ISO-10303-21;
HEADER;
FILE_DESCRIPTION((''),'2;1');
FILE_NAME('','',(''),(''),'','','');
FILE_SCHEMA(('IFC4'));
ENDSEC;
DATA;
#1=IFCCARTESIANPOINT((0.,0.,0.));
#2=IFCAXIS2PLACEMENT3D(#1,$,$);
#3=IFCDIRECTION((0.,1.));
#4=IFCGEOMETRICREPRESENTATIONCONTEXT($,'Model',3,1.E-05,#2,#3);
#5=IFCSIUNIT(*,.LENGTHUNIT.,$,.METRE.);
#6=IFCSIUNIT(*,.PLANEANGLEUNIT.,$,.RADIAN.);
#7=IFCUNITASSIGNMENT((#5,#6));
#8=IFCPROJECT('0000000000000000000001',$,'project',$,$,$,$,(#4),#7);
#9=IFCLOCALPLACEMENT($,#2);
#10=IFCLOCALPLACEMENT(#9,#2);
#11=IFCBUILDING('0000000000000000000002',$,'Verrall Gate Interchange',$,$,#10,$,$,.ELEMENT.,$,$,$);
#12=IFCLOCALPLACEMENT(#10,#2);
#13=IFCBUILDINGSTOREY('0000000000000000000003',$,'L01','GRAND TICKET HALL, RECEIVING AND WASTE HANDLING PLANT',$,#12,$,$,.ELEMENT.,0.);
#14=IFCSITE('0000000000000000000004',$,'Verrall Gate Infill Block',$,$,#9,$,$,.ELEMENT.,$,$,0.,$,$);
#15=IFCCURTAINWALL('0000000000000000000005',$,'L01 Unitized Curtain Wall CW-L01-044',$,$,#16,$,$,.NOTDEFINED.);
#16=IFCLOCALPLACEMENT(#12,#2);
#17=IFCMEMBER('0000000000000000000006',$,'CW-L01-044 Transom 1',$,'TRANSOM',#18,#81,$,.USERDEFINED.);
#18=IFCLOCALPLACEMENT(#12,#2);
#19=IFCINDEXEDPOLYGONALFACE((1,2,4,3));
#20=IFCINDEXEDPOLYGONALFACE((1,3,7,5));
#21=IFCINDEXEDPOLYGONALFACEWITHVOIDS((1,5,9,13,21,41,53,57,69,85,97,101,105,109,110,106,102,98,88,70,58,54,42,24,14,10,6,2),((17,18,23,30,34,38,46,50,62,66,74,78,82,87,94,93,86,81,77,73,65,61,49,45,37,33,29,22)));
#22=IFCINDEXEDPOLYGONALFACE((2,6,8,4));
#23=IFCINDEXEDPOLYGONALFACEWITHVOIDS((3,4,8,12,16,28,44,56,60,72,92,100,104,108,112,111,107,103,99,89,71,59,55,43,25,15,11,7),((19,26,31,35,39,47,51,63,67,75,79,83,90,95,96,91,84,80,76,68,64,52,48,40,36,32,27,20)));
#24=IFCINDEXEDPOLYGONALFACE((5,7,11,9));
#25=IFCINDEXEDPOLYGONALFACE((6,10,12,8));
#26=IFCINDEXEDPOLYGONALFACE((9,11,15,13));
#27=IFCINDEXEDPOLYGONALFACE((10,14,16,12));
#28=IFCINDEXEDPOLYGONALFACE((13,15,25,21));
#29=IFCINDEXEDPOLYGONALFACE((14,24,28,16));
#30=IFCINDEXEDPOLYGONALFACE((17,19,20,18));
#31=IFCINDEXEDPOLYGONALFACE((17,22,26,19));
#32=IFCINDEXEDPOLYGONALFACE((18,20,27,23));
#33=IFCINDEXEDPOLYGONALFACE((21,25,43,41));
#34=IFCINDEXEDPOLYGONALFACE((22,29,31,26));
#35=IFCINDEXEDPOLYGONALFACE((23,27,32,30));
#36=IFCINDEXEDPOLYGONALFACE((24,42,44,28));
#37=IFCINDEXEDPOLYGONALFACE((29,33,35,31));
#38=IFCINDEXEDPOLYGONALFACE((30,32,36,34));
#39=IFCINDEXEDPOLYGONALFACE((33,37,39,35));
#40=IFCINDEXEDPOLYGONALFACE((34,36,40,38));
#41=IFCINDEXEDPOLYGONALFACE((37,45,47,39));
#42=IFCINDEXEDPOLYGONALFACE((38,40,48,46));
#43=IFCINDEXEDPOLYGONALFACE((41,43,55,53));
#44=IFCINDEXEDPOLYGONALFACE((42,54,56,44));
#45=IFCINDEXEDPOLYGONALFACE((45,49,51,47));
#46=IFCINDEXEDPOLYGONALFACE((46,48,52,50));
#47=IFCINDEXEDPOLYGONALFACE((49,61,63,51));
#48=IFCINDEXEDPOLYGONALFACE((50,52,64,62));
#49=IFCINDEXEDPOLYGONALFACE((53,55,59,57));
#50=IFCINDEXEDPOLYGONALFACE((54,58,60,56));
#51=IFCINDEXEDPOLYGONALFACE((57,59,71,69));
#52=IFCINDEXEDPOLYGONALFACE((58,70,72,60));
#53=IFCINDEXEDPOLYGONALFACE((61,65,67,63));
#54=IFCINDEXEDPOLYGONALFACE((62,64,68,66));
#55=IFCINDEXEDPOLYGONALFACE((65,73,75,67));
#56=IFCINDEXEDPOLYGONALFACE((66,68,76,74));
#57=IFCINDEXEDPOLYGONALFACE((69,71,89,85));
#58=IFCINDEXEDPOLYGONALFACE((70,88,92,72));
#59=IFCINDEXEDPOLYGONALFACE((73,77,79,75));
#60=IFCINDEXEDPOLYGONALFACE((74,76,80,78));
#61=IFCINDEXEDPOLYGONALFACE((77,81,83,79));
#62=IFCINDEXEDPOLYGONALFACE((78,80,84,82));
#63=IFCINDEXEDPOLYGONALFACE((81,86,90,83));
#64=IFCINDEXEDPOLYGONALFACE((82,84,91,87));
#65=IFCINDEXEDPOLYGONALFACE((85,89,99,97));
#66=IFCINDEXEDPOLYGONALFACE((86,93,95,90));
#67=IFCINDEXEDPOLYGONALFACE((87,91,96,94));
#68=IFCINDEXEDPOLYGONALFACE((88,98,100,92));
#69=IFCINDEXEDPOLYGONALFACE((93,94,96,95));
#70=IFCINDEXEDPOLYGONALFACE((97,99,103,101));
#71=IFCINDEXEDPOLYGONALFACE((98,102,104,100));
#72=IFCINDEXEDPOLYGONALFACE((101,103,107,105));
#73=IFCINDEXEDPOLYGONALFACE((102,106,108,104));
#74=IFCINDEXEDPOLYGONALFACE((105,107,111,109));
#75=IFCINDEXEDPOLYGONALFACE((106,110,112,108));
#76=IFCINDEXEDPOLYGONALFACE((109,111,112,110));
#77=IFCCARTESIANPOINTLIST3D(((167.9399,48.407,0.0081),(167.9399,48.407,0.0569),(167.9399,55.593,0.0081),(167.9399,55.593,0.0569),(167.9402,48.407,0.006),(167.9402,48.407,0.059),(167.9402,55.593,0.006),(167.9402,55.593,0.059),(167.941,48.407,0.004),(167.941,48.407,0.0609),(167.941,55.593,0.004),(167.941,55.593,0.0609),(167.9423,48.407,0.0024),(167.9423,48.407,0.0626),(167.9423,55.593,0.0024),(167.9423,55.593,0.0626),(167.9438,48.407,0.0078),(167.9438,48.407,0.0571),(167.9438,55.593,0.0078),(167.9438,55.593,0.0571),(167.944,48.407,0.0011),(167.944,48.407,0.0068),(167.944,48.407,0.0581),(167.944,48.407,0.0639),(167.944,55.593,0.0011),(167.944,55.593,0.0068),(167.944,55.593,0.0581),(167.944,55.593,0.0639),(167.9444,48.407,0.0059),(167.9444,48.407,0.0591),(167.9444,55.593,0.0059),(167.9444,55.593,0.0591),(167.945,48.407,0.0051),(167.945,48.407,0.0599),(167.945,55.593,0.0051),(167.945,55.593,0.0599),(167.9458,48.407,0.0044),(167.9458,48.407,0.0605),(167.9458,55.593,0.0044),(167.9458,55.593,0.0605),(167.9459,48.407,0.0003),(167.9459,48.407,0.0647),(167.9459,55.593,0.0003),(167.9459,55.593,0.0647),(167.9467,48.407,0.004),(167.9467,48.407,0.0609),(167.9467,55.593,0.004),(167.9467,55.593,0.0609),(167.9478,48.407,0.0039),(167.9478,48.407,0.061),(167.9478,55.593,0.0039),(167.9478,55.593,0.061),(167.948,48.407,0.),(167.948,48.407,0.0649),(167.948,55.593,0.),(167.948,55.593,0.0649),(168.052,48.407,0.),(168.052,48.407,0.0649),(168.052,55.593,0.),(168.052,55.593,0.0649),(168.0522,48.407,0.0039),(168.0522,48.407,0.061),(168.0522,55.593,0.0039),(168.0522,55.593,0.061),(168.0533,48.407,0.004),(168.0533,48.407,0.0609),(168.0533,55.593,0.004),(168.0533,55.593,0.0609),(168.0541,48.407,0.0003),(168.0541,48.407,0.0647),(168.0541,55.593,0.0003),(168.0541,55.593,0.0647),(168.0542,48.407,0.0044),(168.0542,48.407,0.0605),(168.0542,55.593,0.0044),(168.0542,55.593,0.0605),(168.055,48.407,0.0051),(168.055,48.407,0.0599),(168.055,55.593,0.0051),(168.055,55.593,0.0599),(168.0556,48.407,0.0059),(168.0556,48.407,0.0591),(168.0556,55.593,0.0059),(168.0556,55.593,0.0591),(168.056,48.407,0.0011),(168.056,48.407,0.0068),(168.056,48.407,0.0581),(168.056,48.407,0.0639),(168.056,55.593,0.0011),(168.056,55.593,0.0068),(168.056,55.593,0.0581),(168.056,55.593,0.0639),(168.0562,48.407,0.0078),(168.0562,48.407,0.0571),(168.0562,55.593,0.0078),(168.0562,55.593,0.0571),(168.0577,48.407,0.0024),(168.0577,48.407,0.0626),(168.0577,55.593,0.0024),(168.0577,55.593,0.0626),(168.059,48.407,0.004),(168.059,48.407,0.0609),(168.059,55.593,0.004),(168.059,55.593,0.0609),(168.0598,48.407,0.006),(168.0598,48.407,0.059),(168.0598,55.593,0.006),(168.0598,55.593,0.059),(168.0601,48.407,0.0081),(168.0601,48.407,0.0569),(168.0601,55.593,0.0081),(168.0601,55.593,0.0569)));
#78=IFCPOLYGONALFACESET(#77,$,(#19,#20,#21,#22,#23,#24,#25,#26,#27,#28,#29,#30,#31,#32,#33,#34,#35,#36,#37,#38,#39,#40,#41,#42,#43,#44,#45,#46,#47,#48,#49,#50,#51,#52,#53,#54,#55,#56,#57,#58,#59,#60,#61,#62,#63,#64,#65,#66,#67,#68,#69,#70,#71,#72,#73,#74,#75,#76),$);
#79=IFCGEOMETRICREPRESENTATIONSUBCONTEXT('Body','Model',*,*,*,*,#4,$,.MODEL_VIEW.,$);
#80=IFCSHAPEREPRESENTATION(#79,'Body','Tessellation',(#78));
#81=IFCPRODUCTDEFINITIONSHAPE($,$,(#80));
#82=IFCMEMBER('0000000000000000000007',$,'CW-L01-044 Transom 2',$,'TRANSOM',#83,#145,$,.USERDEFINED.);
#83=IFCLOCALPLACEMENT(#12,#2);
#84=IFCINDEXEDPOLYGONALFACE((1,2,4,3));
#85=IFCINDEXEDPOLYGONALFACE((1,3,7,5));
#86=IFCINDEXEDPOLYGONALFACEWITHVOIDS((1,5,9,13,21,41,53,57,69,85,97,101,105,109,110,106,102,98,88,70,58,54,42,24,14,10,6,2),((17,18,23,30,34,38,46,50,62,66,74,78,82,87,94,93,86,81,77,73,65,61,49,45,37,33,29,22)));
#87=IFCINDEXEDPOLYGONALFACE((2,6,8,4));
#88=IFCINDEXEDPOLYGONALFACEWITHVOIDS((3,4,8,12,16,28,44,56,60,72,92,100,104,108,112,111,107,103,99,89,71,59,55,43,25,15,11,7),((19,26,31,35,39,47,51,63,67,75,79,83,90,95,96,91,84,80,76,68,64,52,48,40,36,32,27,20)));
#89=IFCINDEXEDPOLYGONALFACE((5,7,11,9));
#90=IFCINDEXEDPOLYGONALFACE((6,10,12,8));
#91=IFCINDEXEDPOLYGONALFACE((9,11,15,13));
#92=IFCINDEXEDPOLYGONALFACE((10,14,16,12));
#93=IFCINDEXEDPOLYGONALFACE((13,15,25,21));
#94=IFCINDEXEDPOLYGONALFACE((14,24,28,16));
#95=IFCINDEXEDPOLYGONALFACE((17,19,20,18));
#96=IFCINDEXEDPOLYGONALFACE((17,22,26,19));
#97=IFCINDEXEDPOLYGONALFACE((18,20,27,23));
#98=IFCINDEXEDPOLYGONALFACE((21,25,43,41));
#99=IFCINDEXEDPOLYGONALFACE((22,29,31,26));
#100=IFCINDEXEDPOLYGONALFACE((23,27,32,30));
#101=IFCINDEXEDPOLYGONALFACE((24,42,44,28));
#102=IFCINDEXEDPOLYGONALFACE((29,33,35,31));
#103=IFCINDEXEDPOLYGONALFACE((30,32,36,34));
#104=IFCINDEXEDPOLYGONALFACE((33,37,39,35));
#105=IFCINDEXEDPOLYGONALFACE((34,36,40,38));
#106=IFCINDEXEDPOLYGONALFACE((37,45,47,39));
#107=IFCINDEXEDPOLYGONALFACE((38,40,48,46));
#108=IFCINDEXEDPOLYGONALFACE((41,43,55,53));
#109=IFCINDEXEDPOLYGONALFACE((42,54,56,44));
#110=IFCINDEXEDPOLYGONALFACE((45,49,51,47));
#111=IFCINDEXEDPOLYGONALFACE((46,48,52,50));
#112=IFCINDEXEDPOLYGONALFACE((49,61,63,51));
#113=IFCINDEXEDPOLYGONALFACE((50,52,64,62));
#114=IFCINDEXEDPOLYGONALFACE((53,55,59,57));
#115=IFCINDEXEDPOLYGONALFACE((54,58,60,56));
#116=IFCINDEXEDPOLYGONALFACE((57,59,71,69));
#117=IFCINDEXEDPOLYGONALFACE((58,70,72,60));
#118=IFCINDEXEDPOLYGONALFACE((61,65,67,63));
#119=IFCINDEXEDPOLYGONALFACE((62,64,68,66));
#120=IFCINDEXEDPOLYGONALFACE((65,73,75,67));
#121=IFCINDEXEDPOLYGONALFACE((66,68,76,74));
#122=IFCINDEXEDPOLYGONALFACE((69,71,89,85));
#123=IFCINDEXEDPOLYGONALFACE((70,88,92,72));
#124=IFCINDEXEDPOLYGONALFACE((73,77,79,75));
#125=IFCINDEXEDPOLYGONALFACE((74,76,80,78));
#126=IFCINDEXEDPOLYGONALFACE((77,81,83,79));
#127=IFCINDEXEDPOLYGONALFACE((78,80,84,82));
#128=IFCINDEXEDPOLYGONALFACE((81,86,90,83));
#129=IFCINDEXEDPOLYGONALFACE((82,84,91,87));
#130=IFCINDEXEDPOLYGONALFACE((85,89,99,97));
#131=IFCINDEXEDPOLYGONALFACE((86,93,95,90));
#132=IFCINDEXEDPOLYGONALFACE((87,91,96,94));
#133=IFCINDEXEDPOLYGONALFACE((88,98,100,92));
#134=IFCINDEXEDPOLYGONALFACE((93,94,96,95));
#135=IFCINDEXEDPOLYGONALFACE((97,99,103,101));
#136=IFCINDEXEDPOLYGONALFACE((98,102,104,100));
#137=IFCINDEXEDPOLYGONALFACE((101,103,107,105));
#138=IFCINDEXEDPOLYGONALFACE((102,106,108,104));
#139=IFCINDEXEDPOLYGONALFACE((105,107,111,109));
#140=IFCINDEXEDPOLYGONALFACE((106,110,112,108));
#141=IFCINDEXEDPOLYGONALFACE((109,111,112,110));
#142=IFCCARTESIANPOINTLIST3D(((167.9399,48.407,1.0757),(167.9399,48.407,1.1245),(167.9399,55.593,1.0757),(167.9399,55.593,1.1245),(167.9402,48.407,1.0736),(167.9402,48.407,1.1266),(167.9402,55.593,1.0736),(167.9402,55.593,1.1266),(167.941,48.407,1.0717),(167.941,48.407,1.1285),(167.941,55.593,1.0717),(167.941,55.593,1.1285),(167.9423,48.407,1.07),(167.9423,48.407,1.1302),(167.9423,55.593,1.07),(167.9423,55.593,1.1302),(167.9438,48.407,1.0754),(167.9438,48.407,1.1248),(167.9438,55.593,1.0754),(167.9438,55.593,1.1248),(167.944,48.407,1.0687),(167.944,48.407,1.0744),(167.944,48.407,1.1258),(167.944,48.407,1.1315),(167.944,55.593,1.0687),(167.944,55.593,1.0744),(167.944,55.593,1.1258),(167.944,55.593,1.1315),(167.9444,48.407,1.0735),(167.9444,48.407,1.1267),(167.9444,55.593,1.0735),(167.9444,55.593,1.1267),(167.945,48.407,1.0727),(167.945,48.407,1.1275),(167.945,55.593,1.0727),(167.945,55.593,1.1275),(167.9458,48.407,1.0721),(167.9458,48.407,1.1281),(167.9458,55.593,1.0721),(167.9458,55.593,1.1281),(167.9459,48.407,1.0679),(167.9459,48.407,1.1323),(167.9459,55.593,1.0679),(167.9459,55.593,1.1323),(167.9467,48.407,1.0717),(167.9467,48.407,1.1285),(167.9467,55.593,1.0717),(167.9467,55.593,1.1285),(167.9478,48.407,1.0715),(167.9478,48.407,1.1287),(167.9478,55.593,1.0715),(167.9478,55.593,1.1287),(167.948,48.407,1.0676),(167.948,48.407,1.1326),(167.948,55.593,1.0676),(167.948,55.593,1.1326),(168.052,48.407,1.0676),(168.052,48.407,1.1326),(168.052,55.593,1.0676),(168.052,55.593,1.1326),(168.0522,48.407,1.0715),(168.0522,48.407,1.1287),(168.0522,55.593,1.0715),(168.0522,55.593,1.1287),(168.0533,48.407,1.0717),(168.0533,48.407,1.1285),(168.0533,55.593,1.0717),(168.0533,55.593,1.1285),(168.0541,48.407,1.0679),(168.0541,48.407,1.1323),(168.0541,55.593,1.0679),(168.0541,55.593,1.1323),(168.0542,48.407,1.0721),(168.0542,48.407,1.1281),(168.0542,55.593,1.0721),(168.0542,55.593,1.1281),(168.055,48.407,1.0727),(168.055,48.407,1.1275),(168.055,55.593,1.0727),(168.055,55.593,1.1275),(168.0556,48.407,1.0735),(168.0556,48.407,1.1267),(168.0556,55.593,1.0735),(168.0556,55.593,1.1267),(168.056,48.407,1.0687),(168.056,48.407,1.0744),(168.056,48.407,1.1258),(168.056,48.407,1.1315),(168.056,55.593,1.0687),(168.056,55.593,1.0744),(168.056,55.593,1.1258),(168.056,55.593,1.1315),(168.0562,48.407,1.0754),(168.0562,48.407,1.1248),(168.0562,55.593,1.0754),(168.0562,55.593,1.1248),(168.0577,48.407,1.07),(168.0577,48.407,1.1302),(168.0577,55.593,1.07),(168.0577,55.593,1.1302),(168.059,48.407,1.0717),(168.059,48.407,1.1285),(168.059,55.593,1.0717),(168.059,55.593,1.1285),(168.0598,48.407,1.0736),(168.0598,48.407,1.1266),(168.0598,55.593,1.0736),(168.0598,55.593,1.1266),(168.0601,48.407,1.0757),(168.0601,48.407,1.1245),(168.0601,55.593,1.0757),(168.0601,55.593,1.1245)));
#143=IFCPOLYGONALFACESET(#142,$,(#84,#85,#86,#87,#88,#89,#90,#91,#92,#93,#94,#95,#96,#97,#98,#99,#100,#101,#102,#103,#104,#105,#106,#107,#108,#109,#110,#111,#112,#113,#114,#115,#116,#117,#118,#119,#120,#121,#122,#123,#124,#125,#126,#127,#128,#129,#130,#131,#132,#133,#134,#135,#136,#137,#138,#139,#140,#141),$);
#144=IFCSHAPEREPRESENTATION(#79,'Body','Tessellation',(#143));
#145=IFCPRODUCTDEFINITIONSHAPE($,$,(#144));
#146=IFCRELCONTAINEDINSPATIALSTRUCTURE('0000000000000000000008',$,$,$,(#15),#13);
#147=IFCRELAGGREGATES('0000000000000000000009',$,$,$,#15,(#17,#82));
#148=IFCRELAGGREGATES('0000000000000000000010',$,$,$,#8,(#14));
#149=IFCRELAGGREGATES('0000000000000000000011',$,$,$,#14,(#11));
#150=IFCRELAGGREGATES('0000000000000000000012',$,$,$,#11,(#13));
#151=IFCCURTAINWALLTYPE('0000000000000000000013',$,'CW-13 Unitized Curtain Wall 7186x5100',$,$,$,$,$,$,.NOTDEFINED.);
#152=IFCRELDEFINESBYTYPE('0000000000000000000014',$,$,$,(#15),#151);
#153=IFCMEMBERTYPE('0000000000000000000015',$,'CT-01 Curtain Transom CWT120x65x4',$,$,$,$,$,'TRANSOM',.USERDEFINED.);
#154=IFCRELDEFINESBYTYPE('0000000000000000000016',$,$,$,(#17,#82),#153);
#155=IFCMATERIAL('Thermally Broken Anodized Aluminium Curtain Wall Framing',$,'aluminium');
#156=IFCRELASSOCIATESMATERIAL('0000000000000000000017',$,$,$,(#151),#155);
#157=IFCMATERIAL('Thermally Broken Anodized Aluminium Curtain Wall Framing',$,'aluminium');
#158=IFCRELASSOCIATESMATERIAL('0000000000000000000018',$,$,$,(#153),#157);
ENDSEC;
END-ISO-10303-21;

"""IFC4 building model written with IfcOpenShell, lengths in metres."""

from ifc_helpers import new_model, si_unit, direction, frame, origin, origin_2d, place, context, subcontext, project, spatial, hollow_rectangle, extrude, material, material_profile, profile_set, type_object, element, aggregate, save


model = new_model("IFC4")

# Units and contexts
model_context = context("Model", 3, precision=1e-05, world=origin(), true_north=direction((0.0, 1.0)))
body_context = subcontext(model_context, "Body", "Model", "MODEL_VIEW")
ifc_project = project(units=[si_unit("LENGTHUNIT", "METRE"), si_unit("PLANEANGLEUNIT", "RADIAN")], contexts=[model_context])

# Site, building, storey
site_placement = place(None, origin())
site = spatial("IfcSite", under=ifc_project, at=site_placement, Name="Verrall Gate Infill Block", CompositionType="ELEMENT", RefElevation=0.0)
building_placement = place(site_placement, origin())
building = spatial("IfcBuilding", under=site, at=building_placement, Name="Verrall Gate Interchange", CompositionType="ELEMENT")
storey_placement = place(building_placement, origin())
storey = spatial("IfcBuildingStorey", under=building, at=storey_placement, Name="L01", Description="GRAND TICKET HALL, RECEIVING AND WASTE HANDLING PLANT", CompositionType="ELEMENT", Elevation=0.0)

# Curtain wall, members
ifc_material_1 = material(Name="Thermally Broken Anodized Aluminium Curtain Wall Framing", Category="aluminium")
curtain_wall_type_1 = type_object("IfcCurtainWallType", Name="CW-13 Unitized Curtain Wall 7186x5100", PredefinedType="NOTDEFINED", material=ifc_material_1)
curtain_wall_1_placement = place(storey_placement, origin())
curtain_wall_1 = element("IfcCurtainWall", 1, at=curtain_wall_1_placement, inside=storey, type_object=curtain_wall_type_1, Name="L01 Unitized Curtain Wall CW-L01-044", PredefinedType="NOTDEFINED")
ifc_material_2 = material(Name="Thermally Broken Anodized Aluminium Curtain Wall Framing", Category="aluminium")
ifc_material_profile_1 = material_profile(ifc_material_2, hollow_rectangle(XDim=0.1201, YDim=0.0649, WallThickness=0.0039, InnerFilletRadius=0.0039, OuterFilletRadius=0.0081, at=origin_2d()), Name="CWT120x65x4")
ifc_profile_set_1 = profile_set([ifc_material_profile_1], Name="Thermally Broken Anodized Aluminium Curtain Wall Framing")
member_type_1 = type_object("IfcMemberType", Name="CT-01 Curtain Transom CWT120x65x4", ElementType="TRANSOM", PredefinedType="USERDEFINED", material=ifc_profile_set_1)
member_1_placement = place(storey_placement, frame((168.0, 48.407, 0.0325), z_axis=(0.0, 1.0, 0.0), x_axis=(-1.0, 0.0, 0.0)))
member_1 = element("IfcMember", 2, at=member_1_placement, type_object=member_type_1, Name="CW-L01-044 Transom 1", ObjectType="TRANSOM", PredefinedType="USERDEFINED", context=body_context, shape_type="SweptSolid", body=[
    extrude(hollow_rectangle(XDim=0.1201, YDim=0.0649, WallThickness=0.0039, InnerFilletRadius=0.0039, OuterFilletRadius=0.0081, at=origin_2d()), origin(), (0.0, 0.0, 1.0), 7.186),
])
member_2_placement = place(storey_placement, frame((168.0, 48.407, 1.1001), z_axis=(0.0, 1.0, 0.0), x_axis=(-1.0, 0.0, 0.0)))
member_2 = element("IfcMember", 3, at=member_2_placement, type_object=member_type_1, Name="CW-L01-044 Transom 2", ObjectType="TRANSOM", PredefinedType="USERDEFINED", context=body_context, shape_type="SweptSolid", body=[
    extrude(hollow_rectangle(XDim=0.1201, YDim=0.0649, WallThickness=0.0039, InnerFilletRadius=0.0039, OuterFilletRadius=0.0081, at=origin_2d()), origin(), (0.0, 0.0, 1.0), 7.186),
])
aggregate(curtain_wall_1, [member_1, member_2])

save(model, "model.ifc")
